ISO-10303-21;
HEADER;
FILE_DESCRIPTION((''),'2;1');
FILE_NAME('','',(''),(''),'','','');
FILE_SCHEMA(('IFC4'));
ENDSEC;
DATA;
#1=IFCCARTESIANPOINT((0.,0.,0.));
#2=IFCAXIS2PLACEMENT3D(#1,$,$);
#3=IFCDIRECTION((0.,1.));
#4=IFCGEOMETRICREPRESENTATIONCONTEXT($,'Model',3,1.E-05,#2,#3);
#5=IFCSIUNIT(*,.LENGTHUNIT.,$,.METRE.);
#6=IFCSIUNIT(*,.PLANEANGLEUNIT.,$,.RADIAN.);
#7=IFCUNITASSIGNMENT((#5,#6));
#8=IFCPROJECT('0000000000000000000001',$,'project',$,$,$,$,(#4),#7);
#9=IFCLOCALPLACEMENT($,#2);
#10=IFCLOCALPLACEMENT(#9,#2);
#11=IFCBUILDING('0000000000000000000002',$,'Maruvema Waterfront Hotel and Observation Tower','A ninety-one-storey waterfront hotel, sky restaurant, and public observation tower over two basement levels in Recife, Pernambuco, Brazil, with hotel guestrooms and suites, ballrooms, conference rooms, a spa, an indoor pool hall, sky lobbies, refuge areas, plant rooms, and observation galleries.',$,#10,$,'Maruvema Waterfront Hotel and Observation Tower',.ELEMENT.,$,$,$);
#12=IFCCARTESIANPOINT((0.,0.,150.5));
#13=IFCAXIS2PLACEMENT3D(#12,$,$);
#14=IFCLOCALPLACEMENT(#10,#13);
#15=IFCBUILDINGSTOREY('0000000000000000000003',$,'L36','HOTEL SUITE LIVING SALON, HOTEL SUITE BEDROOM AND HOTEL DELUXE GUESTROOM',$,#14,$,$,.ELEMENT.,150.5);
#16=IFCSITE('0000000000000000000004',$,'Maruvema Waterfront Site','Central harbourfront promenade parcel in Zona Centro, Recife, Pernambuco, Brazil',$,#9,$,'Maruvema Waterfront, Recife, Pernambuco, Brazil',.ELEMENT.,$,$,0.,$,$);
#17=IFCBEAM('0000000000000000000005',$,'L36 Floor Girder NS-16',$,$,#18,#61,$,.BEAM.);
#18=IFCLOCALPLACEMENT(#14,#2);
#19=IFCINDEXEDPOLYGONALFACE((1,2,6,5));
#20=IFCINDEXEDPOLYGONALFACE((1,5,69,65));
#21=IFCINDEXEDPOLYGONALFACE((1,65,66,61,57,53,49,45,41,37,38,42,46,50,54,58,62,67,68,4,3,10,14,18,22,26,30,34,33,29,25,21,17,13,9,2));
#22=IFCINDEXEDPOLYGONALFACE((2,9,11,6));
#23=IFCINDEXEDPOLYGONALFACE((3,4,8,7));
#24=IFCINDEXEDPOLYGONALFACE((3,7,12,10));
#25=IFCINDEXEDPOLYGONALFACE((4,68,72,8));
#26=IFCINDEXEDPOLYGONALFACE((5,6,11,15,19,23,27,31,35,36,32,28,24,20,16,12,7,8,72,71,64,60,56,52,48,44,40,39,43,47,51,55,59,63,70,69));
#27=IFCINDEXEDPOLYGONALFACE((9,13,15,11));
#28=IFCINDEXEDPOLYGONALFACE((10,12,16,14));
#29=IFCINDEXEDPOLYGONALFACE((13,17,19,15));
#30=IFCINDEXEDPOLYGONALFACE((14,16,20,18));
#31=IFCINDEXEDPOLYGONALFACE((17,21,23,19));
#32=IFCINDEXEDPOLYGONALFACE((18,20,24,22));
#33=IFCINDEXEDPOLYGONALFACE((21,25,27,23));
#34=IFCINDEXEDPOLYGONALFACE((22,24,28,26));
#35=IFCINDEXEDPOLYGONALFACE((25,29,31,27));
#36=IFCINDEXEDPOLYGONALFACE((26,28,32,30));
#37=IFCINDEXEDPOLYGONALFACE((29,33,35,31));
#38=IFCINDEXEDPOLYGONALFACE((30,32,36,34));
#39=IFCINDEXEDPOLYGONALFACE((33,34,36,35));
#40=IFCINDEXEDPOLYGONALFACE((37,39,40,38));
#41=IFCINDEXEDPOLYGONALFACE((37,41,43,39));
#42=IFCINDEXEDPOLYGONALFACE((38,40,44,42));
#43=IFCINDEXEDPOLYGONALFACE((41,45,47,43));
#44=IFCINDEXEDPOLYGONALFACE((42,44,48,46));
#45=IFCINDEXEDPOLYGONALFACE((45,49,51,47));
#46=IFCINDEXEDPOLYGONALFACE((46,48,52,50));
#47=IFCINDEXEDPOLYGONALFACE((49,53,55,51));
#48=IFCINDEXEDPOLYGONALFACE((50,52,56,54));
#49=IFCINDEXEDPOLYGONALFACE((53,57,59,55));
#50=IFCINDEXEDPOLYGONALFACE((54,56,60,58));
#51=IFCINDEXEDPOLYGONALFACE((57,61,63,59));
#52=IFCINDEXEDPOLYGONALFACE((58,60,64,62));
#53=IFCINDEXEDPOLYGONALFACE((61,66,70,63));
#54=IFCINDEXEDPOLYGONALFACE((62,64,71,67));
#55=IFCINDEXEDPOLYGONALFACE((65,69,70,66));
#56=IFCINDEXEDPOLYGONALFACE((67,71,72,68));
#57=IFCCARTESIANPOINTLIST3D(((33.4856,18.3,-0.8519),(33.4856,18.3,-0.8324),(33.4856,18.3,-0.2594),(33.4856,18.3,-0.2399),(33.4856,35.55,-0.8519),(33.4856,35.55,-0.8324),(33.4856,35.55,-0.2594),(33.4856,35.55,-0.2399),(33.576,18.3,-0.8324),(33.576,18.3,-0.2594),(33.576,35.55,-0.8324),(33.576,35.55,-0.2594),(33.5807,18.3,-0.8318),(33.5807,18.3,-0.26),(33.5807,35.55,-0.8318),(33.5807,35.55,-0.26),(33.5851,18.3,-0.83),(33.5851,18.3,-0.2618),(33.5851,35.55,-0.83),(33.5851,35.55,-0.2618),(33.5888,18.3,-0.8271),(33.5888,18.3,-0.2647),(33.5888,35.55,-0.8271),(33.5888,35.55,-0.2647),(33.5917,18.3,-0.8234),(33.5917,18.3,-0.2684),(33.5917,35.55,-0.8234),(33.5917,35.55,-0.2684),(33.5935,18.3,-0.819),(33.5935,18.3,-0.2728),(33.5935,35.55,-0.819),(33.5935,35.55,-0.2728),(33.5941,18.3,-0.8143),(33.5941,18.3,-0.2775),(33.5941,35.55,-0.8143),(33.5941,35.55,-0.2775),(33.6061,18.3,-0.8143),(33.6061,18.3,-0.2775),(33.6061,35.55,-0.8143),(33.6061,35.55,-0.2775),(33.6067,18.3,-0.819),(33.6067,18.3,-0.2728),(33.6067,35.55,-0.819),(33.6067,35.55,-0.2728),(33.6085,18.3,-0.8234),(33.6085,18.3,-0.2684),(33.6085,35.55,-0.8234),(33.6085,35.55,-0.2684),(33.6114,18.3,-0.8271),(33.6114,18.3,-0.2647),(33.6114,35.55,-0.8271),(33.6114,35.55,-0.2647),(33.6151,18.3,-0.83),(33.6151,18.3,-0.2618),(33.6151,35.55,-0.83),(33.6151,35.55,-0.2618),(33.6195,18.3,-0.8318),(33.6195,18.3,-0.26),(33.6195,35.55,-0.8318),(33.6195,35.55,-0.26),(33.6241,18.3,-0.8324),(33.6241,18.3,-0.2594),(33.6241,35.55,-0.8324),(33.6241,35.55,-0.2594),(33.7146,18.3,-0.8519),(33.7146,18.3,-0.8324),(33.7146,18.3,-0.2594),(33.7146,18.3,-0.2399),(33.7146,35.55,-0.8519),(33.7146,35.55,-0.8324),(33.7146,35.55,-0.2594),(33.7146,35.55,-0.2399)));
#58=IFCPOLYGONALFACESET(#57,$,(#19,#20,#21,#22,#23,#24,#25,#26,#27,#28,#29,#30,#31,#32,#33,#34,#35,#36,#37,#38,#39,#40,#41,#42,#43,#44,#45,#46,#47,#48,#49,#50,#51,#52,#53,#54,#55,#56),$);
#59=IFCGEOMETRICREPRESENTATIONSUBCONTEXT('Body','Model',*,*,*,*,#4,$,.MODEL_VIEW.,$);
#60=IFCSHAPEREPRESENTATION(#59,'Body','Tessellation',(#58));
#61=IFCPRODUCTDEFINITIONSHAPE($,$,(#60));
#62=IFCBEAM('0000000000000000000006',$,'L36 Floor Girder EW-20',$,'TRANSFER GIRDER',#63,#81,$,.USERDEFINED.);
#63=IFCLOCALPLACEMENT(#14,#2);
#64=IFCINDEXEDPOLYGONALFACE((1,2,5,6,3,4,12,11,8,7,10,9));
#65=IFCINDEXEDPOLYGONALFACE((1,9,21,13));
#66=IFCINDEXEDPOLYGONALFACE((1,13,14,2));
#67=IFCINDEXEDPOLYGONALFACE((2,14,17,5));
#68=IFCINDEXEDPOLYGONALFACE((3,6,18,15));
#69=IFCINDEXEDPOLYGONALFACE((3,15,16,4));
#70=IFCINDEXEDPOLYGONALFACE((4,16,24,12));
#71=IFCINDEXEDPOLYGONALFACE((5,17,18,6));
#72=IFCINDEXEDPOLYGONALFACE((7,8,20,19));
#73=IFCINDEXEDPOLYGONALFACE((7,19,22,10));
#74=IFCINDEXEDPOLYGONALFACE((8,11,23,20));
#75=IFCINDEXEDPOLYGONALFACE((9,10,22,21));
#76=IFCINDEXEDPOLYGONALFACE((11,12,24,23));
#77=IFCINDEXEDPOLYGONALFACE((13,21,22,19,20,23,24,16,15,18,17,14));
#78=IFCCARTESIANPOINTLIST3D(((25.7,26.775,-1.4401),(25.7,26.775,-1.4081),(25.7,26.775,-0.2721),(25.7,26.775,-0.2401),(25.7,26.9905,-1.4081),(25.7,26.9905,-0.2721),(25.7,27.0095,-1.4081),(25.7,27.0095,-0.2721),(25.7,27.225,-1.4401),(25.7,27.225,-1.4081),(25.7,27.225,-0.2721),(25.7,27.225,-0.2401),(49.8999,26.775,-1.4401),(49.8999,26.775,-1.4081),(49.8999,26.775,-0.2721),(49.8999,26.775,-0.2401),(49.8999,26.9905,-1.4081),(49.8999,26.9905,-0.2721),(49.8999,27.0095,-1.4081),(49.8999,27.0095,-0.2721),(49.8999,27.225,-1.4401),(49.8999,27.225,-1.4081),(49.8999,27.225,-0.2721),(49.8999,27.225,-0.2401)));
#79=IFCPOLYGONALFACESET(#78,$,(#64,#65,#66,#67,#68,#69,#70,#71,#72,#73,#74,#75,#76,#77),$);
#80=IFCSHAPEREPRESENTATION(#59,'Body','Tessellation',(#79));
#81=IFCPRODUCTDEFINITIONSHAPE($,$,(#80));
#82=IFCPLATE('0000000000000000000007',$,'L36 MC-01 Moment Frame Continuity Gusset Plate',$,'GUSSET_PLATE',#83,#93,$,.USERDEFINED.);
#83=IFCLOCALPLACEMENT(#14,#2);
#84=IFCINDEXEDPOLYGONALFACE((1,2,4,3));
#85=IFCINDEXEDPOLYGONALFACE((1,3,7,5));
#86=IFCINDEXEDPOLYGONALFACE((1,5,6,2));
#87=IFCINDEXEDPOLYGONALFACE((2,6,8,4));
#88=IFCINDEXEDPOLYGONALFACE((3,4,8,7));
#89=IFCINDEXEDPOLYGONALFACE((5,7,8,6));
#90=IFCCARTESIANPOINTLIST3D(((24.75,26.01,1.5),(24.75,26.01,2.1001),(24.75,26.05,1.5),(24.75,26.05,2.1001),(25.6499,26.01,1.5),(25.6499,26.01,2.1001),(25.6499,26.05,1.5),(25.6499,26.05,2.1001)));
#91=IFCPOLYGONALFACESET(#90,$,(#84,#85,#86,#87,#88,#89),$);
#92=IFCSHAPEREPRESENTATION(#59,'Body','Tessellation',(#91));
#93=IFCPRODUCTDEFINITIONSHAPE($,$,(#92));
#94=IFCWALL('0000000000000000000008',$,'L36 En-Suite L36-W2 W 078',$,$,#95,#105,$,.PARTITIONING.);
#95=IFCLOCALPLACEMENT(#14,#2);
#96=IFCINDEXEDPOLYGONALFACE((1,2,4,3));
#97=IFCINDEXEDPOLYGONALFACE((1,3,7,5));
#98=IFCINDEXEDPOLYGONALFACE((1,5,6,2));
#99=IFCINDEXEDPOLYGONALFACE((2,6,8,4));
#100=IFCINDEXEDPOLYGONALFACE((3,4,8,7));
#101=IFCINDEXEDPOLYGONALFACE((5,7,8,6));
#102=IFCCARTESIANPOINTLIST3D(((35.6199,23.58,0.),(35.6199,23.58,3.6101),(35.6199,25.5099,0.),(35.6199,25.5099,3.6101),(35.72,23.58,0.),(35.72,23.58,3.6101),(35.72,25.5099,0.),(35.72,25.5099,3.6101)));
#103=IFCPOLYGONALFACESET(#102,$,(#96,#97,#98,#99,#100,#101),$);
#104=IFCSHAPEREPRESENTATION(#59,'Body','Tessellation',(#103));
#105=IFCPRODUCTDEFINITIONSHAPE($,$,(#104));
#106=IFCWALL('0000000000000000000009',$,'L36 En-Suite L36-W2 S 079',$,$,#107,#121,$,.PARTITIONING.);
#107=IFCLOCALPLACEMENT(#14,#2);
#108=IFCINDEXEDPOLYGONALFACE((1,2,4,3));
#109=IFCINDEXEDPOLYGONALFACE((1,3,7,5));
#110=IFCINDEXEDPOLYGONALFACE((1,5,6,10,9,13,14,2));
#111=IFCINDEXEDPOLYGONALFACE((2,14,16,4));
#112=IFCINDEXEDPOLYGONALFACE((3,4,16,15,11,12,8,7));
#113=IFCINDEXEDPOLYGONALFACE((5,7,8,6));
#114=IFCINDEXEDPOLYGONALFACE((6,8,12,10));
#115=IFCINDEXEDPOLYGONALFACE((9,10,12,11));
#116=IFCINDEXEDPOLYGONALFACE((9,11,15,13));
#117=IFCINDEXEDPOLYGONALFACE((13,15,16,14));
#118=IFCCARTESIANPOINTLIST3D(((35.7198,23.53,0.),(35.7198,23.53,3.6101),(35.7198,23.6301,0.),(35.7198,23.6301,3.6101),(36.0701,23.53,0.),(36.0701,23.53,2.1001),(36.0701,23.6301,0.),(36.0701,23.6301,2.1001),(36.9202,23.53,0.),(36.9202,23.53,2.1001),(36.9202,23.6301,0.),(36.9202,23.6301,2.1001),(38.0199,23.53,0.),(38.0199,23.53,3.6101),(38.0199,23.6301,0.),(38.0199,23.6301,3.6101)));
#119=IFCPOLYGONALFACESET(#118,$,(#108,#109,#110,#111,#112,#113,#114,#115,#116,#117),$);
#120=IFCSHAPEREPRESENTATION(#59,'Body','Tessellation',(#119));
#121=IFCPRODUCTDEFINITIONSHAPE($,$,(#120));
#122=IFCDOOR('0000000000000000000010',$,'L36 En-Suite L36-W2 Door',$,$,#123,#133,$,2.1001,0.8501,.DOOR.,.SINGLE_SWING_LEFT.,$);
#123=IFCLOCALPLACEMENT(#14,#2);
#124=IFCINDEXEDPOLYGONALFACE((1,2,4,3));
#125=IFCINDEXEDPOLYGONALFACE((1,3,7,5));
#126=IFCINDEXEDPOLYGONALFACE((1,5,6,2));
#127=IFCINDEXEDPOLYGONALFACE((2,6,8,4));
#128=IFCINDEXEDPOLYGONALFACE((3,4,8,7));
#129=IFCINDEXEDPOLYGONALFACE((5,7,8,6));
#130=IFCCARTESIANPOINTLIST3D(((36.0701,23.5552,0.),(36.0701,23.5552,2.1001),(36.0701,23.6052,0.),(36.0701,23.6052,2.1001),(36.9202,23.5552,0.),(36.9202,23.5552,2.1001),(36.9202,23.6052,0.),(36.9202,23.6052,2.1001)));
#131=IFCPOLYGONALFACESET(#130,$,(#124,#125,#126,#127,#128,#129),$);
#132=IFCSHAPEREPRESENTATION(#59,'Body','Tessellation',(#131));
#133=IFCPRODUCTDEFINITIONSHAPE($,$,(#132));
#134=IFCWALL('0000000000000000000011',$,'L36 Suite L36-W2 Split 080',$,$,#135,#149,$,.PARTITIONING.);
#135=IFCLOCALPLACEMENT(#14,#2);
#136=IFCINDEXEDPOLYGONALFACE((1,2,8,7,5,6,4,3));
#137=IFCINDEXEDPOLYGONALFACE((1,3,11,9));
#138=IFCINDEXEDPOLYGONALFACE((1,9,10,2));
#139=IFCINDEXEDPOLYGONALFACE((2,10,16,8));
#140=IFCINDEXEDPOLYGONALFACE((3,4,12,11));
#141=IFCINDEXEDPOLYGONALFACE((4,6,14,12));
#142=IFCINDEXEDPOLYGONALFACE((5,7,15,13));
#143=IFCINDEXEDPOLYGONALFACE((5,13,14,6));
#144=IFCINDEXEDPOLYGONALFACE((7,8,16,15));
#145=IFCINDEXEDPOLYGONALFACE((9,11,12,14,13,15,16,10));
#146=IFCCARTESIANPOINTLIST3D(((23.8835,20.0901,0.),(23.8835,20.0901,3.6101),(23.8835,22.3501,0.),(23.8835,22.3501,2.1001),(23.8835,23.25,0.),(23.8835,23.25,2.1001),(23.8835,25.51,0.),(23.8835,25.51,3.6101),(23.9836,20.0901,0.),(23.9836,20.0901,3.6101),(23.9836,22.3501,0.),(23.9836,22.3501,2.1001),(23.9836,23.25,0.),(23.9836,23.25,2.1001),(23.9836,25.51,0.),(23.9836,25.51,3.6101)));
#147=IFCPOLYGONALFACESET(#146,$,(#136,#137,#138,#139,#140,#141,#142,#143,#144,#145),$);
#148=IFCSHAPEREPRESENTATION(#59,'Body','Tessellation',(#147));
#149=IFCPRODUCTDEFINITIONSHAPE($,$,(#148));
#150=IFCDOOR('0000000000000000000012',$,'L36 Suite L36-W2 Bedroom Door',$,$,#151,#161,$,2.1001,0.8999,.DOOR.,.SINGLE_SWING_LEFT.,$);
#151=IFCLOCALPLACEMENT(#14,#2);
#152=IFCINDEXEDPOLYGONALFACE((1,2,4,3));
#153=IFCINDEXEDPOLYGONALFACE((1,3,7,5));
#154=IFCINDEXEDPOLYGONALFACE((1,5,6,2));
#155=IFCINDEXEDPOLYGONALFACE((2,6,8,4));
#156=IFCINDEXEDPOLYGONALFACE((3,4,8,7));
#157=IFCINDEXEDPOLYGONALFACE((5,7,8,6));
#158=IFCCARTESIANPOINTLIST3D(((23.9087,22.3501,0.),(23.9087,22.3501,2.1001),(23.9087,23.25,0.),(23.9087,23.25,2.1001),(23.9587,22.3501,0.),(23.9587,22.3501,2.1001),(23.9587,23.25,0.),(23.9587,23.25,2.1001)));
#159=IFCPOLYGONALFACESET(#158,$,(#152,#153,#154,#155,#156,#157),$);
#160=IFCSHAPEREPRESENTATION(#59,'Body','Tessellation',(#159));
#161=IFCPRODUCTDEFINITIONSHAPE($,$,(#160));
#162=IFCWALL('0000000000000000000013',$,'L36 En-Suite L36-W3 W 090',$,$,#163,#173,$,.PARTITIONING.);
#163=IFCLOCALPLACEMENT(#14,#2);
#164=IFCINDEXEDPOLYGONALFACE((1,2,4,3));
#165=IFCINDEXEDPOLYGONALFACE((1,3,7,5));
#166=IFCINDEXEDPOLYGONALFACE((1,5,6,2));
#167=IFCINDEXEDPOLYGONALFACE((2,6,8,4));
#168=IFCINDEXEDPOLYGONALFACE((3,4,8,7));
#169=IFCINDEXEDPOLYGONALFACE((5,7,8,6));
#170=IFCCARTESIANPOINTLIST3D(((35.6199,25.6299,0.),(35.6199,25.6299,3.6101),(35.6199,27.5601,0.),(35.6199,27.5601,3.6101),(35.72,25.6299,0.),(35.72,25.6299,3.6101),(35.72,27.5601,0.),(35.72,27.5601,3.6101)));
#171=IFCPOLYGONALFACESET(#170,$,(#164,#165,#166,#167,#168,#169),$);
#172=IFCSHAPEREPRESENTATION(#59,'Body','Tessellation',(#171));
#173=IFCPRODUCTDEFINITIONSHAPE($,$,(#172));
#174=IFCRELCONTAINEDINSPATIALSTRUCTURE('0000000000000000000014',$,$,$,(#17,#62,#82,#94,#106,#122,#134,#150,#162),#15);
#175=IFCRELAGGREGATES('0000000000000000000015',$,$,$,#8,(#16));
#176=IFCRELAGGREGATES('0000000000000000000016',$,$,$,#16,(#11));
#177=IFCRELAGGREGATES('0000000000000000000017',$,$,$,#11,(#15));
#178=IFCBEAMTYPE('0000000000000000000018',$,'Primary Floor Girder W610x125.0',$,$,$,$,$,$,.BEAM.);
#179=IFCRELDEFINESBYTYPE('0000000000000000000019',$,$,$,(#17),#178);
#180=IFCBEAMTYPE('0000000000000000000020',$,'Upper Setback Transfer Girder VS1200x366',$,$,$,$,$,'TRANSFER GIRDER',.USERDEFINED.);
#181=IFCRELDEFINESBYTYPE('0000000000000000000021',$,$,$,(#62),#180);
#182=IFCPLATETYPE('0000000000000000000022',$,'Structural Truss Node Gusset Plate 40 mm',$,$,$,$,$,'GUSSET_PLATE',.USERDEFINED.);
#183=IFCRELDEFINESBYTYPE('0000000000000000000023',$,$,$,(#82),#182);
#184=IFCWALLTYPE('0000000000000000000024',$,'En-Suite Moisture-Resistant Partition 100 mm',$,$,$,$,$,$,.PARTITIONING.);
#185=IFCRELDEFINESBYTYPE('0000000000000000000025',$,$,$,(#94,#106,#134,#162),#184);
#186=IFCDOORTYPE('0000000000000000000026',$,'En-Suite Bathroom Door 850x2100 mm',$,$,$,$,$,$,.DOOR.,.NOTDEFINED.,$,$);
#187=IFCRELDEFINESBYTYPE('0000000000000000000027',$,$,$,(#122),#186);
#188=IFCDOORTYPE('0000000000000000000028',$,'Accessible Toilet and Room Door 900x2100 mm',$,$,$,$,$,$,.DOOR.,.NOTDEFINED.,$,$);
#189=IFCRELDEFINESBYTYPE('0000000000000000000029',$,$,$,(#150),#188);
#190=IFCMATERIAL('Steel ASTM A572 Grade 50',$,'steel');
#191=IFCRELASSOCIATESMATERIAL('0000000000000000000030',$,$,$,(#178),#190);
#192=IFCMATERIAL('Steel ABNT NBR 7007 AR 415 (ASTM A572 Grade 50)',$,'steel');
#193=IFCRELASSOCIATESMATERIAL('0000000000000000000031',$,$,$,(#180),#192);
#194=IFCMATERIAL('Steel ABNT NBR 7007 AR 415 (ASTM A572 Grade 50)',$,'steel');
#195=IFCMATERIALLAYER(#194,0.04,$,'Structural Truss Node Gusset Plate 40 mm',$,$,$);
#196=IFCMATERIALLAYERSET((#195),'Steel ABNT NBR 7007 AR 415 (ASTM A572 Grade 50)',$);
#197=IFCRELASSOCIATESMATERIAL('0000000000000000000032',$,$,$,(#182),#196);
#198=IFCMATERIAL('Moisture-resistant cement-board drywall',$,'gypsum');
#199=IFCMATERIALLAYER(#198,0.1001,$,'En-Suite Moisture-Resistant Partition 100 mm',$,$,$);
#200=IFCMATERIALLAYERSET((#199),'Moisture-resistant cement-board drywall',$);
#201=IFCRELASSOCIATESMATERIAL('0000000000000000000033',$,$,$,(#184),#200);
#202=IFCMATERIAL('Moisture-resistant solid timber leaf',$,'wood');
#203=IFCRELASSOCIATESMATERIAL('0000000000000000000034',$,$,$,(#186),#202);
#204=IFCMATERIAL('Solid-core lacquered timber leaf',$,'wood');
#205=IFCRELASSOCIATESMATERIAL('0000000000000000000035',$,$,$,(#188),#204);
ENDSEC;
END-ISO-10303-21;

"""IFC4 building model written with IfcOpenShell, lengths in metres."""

from ifc_helpers import new_model, si_unit, direction, frame, frame_2d, origin, origin_2d, place, context, subcontext, project, spatial, rectangle, i_section, extrude, material, layer, layer_set, material_profile, profile_set, type_object, element, fill, save


model = new_model("IFC4")

# Units and contexts
model_context = context("Model", 3, precision=1e-05, world=origin(), true_north=direction((0.0, 1.0)))
body_context = subcontext(model_context, "Body", "Model", "MODEL_VIEW")
ifc_project = project(units=[si_unit("LENGTHUNIT", "METRE"), si_unit("PLANEANGLEUNIT", "RADIAN")], contexts=[model_context])

# Site, building, storey
site_placement = place(None, origin())
site = spatial("IfcSite", under=ifc_project, at=site_placement, Name="Maruvema Waterfront Site", Description="Central harbourfront promenade parcel in Zona Centro, Recife, Pernambuco, Brazil", LongName="Maruvema Waterfront, Recife, Pernambuco, Brazil", CompositionType="ELEMENT", RefElevation=0.0)
building_placement = place(site_placement, origin())
building = spatial("IfcBuilding", under=site, at=building_placement, Name="Maruvema Waterfront Hotel and Observation Tower", Description="A ninety-one-storey waterfront hotel, sky restaurant, and public observation tower over two basement levels in Recife, Pernambuco, Brazil, with hotel guestrooms and suites, ballrooms, conference rooms, a spa, an indoor pool hall, sky lobbies, refuge areas, plant rooms, and observation galleries.", LongName="Maruvema Waterfront Hotel and Observation Tower", CompositionType="ELEMENT")
storey_placement = place(building_placement, frame((0.0, 0.0, 150.5)))
storey = spatial("IfcBuildingStorey", under=building, at=storey_placement, Name="L36", Description="HOTEL SUITE LIVING SALON, HOTEL SUITE BEDROOM AND HOTEL DELUXE GUESTROOM", CompositionType="ELEMENT", Elevation=150.5)

# Beams
ifc_material_1 = material(Name="Steel ASTM A572 Grade 50", Category="steel")
ifc_material_profile_1 = material_profile(ifc_material_1, i_section(OverallWidth=0.229, OverallDepth=0.6121, WebThickness=0.012, FlangeThickness=0.0195, FilletRadius=0.0181, at=origin_2d()), Name="W610x125.0")
ifc_profile_set_1 = profile_set([ifc_material_profile_1], Name="Steel ASTM A572 Grade 50")
beam_type_1 = type_object("IfcBeamType", Name="Primary Floor Girder W610x125.0", PredefinedType="BEAM", material=ifc_profile_set_1)
beam_1_placement = place(storey_placement, frame((33.6001, 18.3, -0.5459), z_axis=(0.0, 1.0, 0.0), x_axis=(-1.0, 0.0, 0.0)))
element("IfcBeam", 1, at=beam_1_placement, inside=storey, type_object=beam_type_1, Name="L36 Floor Girder NS-16", PredefinedType="BEAM", context=body_context, shape_type="SweptSolid", body=[
    extrude(i_section(OverallWidth=0.229, OverallDepth=0.6121, WebThickness=0.012, FlangeThickness=0.0195, FilletRadius=0.0181, at=origin_2d()), origin(), (0.0, 0.0, 1.0), 17.25),
])
ifc_material_2 = material(Name="Steel ABNT NBR 7007 AR 415 (ASTM A572 Grade 50)", Category="steel")
ifc_material_profile_2 = material_profile(ifc_material_2, i_section(OverallWidth=0.45, OverallDepth=1.2, WebThickness=0.019, FlangeThickness=0.032, at=origin_2d()), Name="VS1200x366")
ifc_profile_set_2 = profile_set([ifc_material_profile_2], Name="Steel ABNT NBR 7007 AR 415 (ASTM A572 Grade 50)")
beam_type_2 = type_object("IfcBeamType", Name="Upper Setback Transfer Girder VS1200x366", ElementType="TRANSFER GIRDER", PredefinedType="USERDEFINED", material=ifc_profile_set_2)
beam_2_placement = place(storey_placement, frame((25.7, 27.0, -0.8401), z_axis=(1.0, 0.0, 0.0), x_axis=(0.0, 1.0, 0.0)))
element("IfcBeam", 2, at=beam_2_placement, inside=storey, type_object=beam_type_2, Name="L36 Floor Girder EW-20", ObjectType="TRANSFER GIRDER", PredefinedType="USERDEFINED", context=body_context, shape_type="SweptSolid", body=[
    extrude(i_section(OverallWidth=0.45, OverallDepth=1.2, WebThickness=0.019, FlangeThickness=0.032, at=origin_2d()), origin(), (0.0, 0.0, 1.0), 24.2),
])

# Plate
ifc_material_3 = material(Name="Steel ABNT NBR 7007 AR 415 (ASTM A572 Grade 50)", Category="steel")
ifc_layer_1 = layer(ifc_material_3, 0.04, Name="Structural Truss Node Gusset Plate 40 mm")
ifc_layer_set_1 = layer_set([ifc_layer_1], Name="Steel ABNT NBR 7007 AR 415 (ASTM A572 Grade 50)")
plate_type = type_object("IfcPlateType", Name="Structural Truss Node Gusset Plate 40 mm", ElementType="GUSSET_PLATE", PredefinedType="USERDEFINED", material=ifc_layer_set_1)
plate_placement = place(storey_placement, frame((25.2, 26.03, 1.5), z_axis=(0.0, 0.0, 1.0), x_axis=(1.0, 0.0, 0.0)))
element("IfcPlate", 3, at=plate_placement, inside=storey, type_object=plate_type, Name="L36 MC-01 Moment Frame Continuity Gusset Plate", ObjectType="GUSSET_PLATE", PredefinedType="USERDEFINED", context=body_context, shape_type="SweptSolid", body=[
    extrude(rectangle(XDim=0.8999, YDim=0.04, at=origin_2d()), origin(), (0.0, 0.0, 1.0), 0.6001),
])

# Wall
ifc_material_4 = material(Name="Moisture-resistant cement-board drywall", Category="gypsum")
ifc_layer_2 = layer(ifc_material_4, 0.1001, Name="En-Suite Moisture-Resistant Partition 100 mm")
ifc_layer_set_2 = layer_set([ifc_layer_2], Name="Moisture-resistant cement-board drywall")
wall_type = type_object("IfcWallType", Name="En-Suite Moisture-Resistant Partition 100 mm", PredefinedType="PARTITIONING", material=ifc_layer_set_2)
wall_1_placement = place(storey_placement, frame((35.6699, 23.5801, 0.0), z_axis=(0.0, 0.0, 1.0), x_axis=(0.0, 1.0, 0.0)))
element("IfcWall", 4, at=wall_1_placement, inside=storey, type_object=wall_type, Name="L36 En-Suite L36-W2 W 078", PredefinedType="PARTITIONING", context=body_context, shape_type="SweptSolid", body=[
    extrude(rectangle(XDim=1.9299, YDim=0.1001, at=frame_2d((0.9648, 0.0))), origin(), (0.0, 0.0, 1.0), 3.6101),
])

# Walls, openings, doors
wall_2_placement = place(storey_placement, frame((35.72, 23.5801, 0.0), z_axis=(0.0, 0.0, 1.0), x_axis=(1.0, 0.0, 0.0)))
wall_2 = element("IfcWall", 5, at=wall_2_placement, inside=storey, type_object=wall_type, Name="L36 En-Suite L36-W2 S 079", PredefinedType="PARTITIONING", context=body_context, shape_type="SweptSolid", body=[
    extrude(rectangle(XDim=2.3, YDim=0.1001, at=frame_2d((1.1499, 0.0))), origin(), (0.0, 0.0, 1.0), 3.6101),
])
opening_1_placement = place(wall_2_placement, frame((0.3501, 0.0, 0.0)))
opening_1 = element("IfcOpeningElement", 6, at=opening_1_placement, cuts=wall_2, PredefinedType="OPENING", context=body_context, shape_type="SweptSolid", body=[
    extrude(rectangle(XDim=0.8501, YDim=2.1001, at=frame_2d((0.425, 1.05))), frame((0.0, 0.0601, 0.0), z_axis=(0.0, -1.0, 0.0), x_axis=(1.0, 0.0, 0.0)), (0.0, 0.0, 1.0), 0.1201),
])
ifc_material_5 = material(Name="Moisture-resistant solid timber leaf", Category="wood")
door_type_1 = type_object("IfcDoorType", Name="En-Suite Bathroom Door 850x2100 mm", OperationType="NOTDEFINED", PredefinedType="DOOR", material=ifc_material_5)
door_1_placement = place(opening_1_placement, frame((0.8501, 0.0, 0.0), z_axis=(0.0, 0.0, 1.0), x_axis=(-1.0, 0.0, 0.0)))
door_1 = element("IfcDoor", 7, at=door_1_placement, inside=storey, type_object=door_type_1, Name="L36 En-Suite L36-W2 Door", OperationType="SINGLE_SWING_LEFT", OverallHeight=2.1001, OverallWidth=0.8501, PredefinedType="DOOR", context=body_context, shape_type="SweptSolid", body=[
    extrude(rectangle(XDim=0.8501, YDim=2.1001, at=frame_2d((0.425, 1.05))), frame((0.0, 0.0249, 0.0), z_axis=(0.0, -1.0, 0.0), x_axis=(1.0, 0.0, 0.0)), (0.0, 0.0, 1.0), 0.05),
])
fill(opening_1, door_1)
wall_3_placement = place(storey_placement, frame((23.9336, 20.0901, 0.0), z_axis=(0.0, 0.0, 1.0), x_axis=(0.0, 1.0, 0.0)))
wall_3 = element("IfcWall", 8, at=wall_3_placement, inside=storey, type_object=wall_type, Name="L36 Suite L36-W2 Split 080", PredefinedType="PARTITIONING", context=body_context, shape_type="SweptSolid", body=[
    extrude(rectangle(XDim=5.4199, YDim=0.1001, at=frame_2d((2.71, 0.0))), origin(), (0.0, 0.0, 1.0), 3.6101),
])
opening_2_placement = place(wall_3_placement, frame((2.26, 0.0, 0.0)))
opening_2 = element("IfcOpeningElement", 9, at=opening_2_placement, cuts=wall_3, PredefinedType="OPENING", context=body_context, shape_type="SweptSolid", body=[
    extrude(rectangle(XDim=0.8999, YDim=2.1001, at=frame_2d((0.45, 1.05))), frame((0.0, 0.0601, 0.0), z_axis=(0.0, -1.0, 0.0), x_axis=(1.0, 0.0, 0.0)), (0.0, 0.0, 1.0), 0.1201),
])
ifc_material_6 = material(Name="Solid-core lacquered timber leaf", Category="wood")
door_type_2 = type_object("IfcDoorType", Name="Accessible Toilet and Room Door 900x2100 mm", OperationType="NOTDEFINED", PredefinedType="DOOR", material=ifc_material_6)
door_2_placement = place(opening_2_placement, origin())
door_2 = element("IfcDoor", 10, at=door_2_placement, inside=storey, type_object=door_type_2, Name="L36 Suite L36-W2 Bedroom Door", OperationType="SINGLE_SWING_LEFT", OverallHeight=2.1001, OverallWidth=0.8999, PredefinedType="DOOR", context=body_context, shape_type="SweptSolid", body=[
    extrude(rectangle(XDim=0.8999, YDim=2.1001, at=frame_2d((0.45, 1.05))), frame((0.0, 0.0249, 0.0), z_axis=(0.0, -1.0, 0.0), x_axis=(1.0, 0.0, 0.0)), (0.0, 0.0, 1.0), 0.05),
])
fill(opening_2, door_2)

# Wall
wall_4_placement = place(storey_placement, frame((35.6699, 25.6299, 0.0), z_axis=(0.0, 0.0, 1.0), x_axis=(0.0, 1.0, 0.0)))
element("IfcWall", 11, at=wall_4_placement, inside=storey, type_object=wall_type, Name="L36 En-Suite L36-W3 W 090", PredefinedType="PARTITIONING", context=body_context, shape_type="SweptSolid", body=[
    extrude(rectangle(XDim=1.9302, YDim=0.1001, at=frame_2d((0.9651, 0.0))), origin(), (0.0, 0.0, 1.0), 3.6101),
])

save(model, "model.ifc")
